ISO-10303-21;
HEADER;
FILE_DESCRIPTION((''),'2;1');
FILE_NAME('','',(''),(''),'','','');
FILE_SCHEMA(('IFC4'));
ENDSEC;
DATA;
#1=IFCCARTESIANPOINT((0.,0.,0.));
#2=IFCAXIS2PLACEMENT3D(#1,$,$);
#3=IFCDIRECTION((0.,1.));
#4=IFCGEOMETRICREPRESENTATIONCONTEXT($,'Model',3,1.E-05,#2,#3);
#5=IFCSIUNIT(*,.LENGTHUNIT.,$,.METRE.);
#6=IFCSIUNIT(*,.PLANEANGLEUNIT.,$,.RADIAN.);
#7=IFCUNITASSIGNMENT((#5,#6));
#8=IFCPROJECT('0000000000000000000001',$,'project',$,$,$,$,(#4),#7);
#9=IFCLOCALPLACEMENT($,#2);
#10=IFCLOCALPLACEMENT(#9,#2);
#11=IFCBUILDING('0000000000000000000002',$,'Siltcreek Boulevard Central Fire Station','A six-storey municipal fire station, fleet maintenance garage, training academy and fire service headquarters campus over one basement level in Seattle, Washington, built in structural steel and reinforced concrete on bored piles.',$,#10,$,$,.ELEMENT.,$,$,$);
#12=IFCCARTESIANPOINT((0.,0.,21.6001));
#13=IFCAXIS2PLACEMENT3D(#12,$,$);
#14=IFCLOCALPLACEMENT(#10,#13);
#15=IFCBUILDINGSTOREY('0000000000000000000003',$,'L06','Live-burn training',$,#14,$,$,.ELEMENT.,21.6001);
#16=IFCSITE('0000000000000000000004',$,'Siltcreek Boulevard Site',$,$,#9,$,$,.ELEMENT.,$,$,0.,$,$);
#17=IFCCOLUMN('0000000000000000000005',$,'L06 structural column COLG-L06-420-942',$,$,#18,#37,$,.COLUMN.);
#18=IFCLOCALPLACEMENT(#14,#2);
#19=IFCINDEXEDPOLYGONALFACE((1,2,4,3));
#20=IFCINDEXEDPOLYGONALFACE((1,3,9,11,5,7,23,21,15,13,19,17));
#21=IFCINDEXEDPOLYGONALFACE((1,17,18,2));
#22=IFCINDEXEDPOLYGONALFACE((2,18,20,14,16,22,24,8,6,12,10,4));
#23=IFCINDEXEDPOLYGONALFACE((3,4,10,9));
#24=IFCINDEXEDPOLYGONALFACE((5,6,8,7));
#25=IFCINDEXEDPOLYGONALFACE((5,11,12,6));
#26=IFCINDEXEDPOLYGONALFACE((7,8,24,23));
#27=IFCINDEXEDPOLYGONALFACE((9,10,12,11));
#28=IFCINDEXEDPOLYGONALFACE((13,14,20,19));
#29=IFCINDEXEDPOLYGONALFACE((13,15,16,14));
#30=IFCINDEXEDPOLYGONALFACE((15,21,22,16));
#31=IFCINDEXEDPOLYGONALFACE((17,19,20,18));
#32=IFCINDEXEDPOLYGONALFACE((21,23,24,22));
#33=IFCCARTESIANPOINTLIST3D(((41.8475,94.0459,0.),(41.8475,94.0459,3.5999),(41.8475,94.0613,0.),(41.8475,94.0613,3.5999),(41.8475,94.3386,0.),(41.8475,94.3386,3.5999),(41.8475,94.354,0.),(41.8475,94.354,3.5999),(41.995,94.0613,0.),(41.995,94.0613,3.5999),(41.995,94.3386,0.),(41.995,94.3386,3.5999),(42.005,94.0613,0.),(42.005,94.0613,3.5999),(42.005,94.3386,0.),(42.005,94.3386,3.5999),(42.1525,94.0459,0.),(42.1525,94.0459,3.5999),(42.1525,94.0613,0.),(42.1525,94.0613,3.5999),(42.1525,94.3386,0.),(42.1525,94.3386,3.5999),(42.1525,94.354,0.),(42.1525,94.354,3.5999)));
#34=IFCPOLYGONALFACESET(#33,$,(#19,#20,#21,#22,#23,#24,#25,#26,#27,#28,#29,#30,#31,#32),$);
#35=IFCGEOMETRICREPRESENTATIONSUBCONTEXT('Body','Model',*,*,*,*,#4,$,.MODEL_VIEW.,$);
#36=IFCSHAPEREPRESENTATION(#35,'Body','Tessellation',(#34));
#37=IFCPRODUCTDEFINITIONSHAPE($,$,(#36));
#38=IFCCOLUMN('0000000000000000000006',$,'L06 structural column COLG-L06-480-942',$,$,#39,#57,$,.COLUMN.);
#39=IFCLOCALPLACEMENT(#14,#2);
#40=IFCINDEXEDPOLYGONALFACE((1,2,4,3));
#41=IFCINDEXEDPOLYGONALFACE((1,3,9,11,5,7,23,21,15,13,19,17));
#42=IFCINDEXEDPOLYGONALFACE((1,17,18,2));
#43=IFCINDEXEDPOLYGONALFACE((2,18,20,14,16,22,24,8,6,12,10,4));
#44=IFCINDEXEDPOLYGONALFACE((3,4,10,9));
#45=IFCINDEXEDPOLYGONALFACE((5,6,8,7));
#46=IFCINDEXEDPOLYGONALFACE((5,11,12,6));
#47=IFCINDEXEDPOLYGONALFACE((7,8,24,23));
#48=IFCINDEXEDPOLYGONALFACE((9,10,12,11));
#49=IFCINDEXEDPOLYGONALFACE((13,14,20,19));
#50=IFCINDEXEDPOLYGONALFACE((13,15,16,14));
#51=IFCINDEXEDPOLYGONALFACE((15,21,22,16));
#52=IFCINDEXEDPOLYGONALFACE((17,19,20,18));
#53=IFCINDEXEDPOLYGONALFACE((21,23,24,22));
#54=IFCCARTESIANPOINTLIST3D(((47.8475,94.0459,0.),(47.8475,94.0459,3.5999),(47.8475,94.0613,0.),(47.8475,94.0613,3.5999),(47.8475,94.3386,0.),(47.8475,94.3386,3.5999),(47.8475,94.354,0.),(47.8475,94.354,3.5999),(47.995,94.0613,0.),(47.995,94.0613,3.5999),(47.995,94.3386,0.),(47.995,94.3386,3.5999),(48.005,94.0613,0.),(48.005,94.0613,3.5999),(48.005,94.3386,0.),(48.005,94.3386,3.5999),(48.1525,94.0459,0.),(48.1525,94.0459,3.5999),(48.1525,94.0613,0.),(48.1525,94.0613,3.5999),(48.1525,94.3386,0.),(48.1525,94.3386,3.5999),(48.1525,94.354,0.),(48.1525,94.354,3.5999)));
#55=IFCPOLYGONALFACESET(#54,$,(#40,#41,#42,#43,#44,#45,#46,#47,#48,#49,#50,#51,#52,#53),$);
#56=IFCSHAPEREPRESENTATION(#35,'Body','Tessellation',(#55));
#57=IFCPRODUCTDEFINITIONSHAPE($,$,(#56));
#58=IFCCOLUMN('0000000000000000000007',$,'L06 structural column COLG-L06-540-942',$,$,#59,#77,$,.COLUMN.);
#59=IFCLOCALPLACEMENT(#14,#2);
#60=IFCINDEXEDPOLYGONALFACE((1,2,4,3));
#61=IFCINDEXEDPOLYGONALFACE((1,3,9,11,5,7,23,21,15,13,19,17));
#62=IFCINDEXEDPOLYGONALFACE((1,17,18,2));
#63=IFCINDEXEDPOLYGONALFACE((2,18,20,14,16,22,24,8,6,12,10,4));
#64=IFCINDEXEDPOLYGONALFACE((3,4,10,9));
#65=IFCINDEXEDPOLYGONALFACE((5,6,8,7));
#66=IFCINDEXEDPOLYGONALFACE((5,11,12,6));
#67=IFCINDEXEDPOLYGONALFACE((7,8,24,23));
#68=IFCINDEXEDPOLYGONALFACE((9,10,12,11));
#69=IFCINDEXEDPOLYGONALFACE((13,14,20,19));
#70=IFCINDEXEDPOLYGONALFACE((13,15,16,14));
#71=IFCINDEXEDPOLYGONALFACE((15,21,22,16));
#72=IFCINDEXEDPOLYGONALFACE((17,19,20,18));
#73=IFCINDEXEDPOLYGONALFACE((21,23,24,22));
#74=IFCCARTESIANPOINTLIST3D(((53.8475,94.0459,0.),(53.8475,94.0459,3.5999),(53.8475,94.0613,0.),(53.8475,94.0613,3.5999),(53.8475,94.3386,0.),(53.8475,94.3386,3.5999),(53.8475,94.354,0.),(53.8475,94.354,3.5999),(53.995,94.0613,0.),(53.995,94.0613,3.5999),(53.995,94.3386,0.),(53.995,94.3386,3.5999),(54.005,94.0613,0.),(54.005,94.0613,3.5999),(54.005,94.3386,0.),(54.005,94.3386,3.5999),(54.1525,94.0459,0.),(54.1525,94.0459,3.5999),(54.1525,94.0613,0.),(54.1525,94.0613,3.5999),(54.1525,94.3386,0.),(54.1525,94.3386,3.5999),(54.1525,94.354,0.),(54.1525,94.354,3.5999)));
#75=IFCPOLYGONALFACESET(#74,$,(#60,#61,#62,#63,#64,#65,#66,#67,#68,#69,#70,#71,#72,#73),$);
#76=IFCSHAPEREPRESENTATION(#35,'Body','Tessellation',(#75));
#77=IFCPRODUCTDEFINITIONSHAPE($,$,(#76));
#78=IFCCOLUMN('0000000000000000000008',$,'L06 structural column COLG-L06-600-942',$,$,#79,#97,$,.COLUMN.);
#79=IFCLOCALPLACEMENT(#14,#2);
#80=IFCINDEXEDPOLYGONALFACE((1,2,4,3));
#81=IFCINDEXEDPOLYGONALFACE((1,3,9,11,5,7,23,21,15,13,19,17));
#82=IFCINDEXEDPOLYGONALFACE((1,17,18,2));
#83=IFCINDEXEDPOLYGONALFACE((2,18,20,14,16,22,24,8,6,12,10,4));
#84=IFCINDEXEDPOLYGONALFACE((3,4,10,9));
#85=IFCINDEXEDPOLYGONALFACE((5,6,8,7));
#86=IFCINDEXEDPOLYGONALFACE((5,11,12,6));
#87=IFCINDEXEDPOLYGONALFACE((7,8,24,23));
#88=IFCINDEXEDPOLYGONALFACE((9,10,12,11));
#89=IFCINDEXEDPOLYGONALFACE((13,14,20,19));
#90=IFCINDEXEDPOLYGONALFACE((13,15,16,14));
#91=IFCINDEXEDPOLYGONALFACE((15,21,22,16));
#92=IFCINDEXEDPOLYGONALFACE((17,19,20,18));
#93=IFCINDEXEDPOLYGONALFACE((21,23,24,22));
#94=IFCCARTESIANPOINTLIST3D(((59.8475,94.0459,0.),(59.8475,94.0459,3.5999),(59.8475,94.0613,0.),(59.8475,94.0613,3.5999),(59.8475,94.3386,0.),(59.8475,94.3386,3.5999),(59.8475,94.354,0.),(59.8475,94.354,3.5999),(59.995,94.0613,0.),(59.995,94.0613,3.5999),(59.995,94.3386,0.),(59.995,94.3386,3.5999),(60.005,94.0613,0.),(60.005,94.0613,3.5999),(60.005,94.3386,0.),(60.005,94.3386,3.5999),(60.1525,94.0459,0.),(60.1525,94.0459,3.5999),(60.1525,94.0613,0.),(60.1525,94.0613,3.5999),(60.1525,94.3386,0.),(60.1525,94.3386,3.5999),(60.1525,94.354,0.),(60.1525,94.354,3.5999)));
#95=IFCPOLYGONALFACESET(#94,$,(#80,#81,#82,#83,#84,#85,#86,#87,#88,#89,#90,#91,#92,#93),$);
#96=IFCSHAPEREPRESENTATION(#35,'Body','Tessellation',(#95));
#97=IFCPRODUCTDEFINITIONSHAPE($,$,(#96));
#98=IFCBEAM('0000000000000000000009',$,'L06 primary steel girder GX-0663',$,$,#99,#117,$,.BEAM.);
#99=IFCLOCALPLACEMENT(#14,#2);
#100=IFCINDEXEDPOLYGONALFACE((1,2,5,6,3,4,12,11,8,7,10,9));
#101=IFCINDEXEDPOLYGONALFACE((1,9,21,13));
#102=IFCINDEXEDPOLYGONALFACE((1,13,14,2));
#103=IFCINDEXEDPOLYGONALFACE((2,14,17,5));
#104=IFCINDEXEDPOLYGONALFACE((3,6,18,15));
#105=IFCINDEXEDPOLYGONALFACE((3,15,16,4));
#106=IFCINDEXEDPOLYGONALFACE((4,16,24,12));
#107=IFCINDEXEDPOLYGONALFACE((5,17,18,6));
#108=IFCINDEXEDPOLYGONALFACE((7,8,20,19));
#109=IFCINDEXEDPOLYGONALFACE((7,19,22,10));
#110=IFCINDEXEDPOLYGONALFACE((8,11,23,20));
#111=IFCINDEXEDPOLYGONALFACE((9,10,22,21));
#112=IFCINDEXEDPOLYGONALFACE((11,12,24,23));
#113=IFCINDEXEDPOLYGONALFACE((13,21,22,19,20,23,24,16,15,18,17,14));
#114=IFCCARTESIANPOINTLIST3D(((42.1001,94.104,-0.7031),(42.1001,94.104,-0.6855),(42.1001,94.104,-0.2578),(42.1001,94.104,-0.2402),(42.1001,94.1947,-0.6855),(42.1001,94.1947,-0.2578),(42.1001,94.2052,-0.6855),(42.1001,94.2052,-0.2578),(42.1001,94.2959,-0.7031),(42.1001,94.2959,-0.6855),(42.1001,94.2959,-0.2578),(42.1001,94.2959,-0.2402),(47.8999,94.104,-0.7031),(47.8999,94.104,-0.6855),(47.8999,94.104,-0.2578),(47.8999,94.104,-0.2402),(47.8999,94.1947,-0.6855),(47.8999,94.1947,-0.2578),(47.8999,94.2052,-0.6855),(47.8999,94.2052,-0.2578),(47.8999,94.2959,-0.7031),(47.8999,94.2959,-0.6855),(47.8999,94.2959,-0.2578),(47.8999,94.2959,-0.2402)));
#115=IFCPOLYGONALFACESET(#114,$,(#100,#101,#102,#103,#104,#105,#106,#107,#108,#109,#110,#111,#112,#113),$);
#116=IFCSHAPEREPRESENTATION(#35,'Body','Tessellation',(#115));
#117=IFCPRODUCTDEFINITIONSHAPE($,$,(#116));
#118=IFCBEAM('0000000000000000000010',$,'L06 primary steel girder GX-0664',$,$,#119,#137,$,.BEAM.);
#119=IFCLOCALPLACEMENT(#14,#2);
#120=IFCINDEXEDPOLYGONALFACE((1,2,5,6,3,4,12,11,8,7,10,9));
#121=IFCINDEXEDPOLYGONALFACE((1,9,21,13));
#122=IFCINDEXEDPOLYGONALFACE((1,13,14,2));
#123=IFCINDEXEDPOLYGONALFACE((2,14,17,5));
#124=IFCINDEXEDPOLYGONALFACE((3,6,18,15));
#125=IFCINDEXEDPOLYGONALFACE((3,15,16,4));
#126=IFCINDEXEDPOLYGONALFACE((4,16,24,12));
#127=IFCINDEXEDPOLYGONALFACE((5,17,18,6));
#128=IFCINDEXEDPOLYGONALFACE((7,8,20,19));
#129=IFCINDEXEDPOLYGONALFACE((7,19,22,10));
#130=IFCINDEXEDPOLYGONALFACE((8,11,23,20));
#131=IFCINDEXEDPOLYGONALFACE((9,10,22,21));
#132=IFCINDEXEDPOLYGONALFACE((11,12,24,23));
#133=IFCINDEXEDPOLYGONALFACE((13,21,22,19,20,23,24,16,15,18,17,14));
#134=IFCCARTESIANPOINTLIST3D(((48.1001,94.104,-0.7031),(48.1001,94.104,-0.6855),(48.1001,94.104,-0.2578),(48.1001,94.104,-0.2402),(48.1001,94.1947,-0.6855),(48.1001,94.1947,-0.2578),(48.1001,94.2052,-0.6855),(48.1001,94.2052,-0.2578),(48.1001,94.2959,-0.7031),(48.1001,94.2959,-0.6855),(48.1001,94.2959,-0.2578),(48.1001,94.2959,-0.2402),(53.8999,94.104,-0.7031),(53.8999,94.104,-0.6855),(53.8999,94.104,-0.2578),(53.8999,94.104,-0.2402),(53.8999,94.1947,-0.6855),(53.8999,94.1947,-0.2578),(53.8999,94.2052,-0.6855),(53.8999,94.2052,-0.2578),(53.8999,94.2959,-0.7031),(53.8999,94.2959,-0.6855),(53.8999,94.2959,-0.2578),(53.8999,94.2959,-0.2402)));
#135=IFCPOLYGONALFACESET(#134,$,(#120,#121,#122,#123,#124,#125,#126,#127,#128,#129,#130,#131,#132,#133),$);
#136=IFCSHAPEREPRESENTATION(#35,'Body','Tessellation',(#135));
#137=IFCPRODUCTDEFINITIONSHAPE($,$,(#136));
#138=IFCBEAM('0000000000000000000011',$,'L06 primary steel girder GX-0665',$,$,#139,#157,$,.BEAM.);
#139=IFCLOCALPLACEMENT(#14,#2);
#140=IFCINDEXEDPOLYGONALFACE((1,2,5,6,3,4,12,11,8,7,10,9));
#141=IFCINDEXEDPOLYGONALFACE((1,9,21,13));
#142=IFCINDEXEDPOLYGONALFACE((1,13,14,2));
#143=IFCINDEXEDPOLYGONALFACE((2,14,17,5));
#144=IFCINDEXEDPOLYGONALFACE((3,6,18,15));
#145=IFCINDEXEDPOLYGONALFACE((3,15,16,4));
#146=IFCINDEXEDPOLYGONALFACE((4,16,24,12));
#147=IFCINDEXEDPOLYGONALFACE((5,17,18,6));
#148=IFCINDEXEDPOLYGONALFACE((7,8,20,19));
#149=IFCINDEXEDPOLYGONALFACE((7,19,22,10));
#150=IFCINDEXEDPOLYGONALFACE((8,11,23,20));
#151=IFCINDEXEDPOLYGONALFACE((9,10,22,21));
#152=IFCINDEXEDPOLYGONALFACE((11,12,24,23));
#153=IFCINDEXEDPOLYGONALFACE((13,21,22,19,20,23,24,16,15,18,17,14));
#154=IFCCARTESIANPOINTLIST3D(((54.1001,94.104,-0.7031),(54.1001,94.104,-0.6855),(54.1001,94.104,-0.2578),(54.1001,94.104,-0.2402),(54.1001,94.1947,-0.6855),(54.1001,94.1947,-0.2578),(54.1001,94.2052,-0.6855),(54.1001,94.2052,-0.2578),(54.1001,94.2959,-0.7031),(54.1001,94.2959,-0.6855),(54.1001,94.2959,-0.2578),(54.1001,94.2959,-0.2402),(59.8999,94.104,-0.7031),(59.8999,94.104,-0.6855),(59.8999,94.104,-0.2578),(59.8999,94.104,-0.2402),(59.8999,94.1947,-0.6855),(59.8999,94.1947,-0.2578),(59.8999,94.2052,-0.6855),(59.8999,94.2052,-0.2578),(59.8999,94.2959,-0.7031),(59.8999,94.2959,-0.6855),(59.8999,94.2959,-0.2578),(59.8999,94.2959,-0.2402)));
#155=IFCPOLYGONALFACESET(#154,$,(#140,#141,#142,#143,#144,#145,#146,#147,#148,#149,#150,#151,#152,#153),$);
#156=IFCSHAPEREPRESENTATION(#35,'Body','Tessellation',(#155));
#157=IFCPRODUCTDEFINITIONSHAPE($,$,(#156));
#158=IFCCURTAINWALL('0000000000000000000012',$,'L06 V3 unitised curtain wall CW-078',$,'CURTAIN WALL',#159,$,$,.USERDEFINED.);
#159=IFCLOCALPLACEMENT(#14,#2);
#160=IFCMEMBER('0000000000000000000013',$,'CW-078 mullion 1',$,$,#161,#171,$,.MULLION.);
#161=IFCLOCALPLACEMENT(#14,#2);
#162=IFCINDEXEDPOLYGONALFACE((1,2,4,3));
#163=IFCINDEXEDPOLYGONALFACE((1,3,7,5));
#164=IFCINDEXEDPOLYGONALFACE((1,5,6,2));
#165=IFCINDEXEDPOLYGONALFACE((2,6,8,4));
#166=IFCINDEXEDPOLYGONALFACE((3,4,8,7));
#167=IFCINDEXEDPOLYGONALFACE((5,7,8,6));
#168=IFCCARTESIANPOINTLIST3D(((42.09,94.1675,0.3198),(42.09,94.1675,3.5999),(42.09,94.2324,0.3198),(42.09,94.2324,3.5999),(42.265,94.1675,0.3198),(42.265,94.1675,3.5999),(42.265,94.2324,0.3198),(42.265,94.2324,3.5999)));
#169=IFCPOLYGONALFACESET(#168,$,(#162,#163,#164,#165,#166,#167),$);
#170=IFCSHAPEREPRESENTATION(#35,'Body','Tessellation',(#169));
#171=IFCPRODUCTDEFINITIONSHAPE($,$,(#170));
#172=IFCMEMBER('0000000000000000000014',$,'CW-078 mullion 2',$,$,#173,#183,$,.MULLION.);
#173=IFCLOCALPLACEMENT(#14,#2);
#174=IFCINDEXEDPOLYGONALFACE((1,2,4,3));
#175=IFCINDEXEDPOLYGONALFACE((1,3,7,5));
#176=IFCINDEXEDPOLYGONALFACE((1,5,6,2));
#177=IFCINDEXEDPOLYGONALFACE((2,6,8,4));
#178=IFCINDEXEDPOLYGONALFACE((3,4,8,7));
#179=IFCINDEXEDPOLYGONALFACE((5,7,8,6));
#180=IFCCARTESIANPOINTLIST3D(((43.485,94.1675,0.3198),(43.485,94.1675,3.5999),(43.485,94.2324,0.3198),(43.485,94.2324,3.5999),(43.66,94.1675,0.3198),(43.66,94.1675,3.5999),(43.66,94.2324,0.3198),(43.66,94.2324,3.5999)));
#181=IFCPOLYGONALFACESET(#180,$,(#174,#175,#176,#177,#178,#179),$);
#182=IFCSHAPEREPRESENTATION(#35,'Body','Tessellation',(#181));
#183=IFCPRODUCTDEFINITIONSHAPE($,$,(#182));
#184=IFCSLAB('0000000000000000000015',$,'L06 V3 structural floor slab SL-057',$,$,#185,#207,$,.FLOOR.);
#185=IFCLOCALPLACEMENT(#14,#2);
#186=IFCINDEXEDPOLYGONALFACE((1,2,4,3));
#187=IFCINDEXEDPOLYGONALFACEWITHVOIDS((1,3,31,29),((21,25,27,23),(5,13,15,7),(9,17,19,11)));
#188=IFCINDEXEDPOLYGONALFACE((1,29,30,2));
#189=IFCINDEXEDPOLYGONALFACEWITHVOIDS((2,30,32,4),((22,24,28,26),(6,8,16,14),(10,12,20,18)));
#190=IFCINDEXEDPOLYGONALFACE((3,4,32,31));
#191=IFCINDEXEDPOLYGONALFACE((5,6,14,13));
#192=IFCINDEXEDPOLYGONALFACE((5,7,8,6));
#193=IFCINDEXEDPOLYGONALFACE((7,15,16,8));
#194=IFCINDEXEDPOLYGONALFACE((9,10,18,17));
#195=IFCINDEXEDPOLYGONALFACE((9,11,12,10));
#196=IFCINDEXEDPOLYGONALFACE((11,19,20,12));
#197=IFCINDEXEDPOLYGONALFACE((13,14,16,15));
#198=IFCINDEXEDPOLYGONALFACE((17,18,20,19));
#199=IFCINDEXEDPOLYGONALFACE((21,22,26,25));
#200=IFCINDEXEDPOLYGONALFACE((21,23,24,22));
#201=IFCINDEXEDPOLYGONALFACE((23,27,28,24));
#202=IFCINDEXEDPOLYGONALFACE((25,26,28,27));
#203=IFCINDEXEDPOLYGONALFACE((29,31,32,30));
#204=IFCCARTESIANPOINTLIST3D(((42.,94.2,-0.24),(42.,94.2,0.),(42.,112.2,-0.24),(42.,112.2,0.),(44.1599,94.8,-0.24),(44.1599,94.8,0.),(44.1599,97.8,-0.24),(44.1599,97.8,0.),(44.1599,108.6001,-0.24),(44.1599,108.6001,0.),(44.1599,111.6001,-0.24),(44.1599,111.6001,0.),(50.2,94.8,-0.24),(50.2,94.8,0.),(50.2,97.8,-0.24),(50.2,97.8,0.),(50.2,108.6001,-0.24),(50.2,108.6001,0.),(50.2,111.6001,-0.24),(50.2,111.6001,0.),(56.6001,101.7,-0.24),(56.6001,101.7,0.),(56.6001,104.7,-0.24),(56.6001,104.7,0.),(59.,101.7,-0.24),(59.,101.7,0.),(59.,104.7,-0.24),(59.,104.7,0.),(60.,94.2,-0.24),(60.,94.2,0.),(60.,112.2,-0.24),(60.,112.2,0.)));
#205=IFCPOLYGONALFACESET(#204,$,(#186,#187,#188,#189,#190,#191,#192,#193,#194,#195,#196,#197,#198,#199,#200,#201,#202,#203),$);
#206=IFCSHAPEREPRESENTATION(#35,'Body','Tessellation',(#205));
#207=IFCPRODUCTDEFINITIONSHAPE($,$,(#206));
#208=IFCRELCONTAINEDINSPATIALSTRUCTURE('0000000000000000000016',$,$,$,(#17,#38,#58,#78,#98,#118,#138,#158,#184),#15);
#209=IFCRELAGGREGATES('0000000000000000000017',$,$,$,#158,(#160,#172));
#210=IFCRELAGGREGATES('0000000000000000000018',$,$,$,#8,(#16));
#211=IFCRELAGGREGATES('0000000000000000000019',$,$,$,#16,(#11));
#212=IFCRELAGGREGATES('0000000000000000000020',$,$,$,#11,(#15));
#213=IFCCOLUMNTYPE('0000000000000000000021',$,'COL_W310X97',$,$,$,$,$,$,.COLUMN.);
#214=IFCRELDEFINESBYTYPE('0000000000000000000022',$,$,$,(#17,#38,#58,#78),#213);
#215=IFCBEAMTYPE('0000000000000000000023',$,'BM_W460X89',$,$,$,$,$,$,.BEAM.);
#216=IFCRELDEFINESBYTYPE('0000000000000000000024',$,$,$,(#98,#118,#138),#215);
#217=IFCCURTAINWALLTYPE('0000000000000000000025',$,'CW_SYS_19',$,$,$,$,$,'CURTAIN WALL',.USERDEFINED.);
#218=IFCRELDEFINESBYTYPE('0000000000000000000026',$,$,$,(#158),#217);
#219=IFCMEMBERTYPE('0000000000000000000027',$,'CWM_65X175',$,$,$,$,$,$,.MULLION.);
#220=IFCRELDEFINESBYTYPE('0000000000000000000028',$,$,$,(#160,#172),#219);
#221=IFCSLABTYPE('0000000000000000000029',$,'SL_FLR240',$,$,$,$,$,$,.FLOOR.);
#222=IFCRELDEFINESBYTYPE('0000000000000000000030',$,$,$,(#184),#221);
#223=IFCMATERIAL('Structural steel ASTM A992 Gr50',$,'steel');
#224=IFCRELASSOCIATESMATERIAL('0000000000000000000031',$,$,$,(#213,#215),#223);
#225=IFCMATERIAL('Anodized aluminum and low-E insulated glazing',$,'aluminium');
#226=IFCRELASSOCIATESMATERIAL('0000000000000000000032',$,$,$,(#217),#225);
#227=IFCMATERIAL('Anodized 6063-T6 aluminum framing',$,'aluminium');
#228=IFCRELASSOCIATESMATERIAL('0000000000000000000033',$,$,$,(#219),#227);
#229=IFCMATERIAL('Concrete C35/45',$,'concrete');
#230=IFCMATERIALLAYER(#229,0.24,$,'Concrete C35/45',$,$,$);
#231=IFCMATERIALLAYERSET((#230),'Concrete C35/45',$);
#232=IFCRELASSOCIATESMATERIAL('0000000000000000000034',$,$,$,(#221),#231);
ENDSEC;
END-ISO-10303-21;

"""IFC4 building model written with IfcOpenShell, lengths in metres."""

from ifc_helpers import new_model, si_unit, direction, frame, origin, origin_2d, place, context, subcontext, project, spatial, polyline, rectangle, i_section, outline, extrude, material, layer, layer_set, material_profile, profile_set, type_object, element, aggregate, save


model = new_model("IFC4")

# Units and contexts
model_context = context("Model", 3, precision=1e-05, world=origin(), true_north=direction((0.0, 1.0)))
body_context = subcontext(model_context, "Body", "Model", "MODEL_VIEW")
ifc_project = project(units=[si_unit("LENGTHUNIT", "METRE"), si_unit("PLANEANGLEUNIT", "RADIAN")], contexts=[model_context])

# Site, building, storey
site_placement = place(None, origin())
site = spatial("IfcSite", under=ifc_project, at=site_placement, Name="Siltcreek Boulevard Site", CompositionType="ELEMENT", RefElevation=0.0)
building_placement = place(site_placement, origin())
building = spatial("IfcBuilding", under=site, at=building_placement, Name="Siltcreek Boulevard Central Fire Station", Description="A six-storey municipal fire station, fleet maintenance garage, training academy and fire service headquarters campus over one basement level in Seattle, Washington, built in structural steel and reinforced concrete on bored piles.", CompositionType="ELEMENT")
storey_placement = place(building_placement, frame((0.0, 0.0, 21.6001)))
storey = spatial("IfcBuildingStorey", under=building, at=storey_placement, Name="L06", Description="Live-burn training", CompositionType="ELEMENT", Elevation=21.6001)

# Columns
ifc_material_1 = material(Name="Structural steel ASTM A992 Gr50", Category="steel")
ifc_material_profile_1 = material_profile(ifc_material_1, i_section(OverallWidth=0.3049, OverallDepth=0.3081, WebThickness=0.01, FlangeThickness=0.0154, at=origin_2d()), Name="W310X97")
ifc_profile_set_1 = profile_set([ifc_material_profile_1], Name="Structural steel ASTM A992 Gr50")
column_type = type_object("IfcColumnType", Name="COL_W310X97", PredefinedType="COLUMN", material=ifc_profile_set_1)
for number, where, z_axis, x_axis, name in (
    (1, (42.0, 94.2, 0.0), (0.0, 0.0, 1.0), (1.0, 0.0, 0.0), "L06 structural column COLG-L06-420-942"),
    (2, (48.0, 94.2, 0.0), (0.0, 0.0, 1.0), (1.0, 0.0, 0.0), "L06 structural column COLG-L06-480-942"),
    (3, (54.0, 94.2, 0.0), (0.0, 0.0, 1.0), (1.0, 0.0, 0.0), "L06 structural column COLG-L06-540-942"),
    (4, (60.0, 94.2, 0.0), (0.0, 0.0, 1.0), (1.0, 0.0, 0.0), "L06 structural column COLG-L06-600-942"),
):
    element("IfcColumn", number, at=place(storey_placement, frame(where, z_axis=z_axis, x_axis=x_axis)), inside=storey, type_object=column_type, Name=name, PredefinedType="COLUMN", context=body_context, shape_type="SweptSolid", body=[
        extrude(i_section(OverallWidth=0.3049, OverallDepth=0.3081, WebThickness=0.01, FlangeThickness=0.0154, at=origin_2d()), origin(), (0.0, 0.0, 1.0), 3.5999),
    ])

# Beams
ifc_material_profile_2 = material_profile(ifc_material_1, i_section(OverallWidth=0.1919, OverallDepth=0.4629, WebThickness=0.0105, FlangeThickness=0.0176, at=origin_2d()), Name="W460X89")
ifc_profile_set_2 = profile_set([ifc_material_profile_2], Name="Structural steel ASTM A992 Gr50")
beam_type = type_object("IfcBeamType", Name="BM_W460X89", PredefinedType="BEAM", material=ifc_profile_set_2)
for number, where, z_axis, x_axis, name in (
    (5, (42.1001, 94.2, -0.4717), (1.0, 0.0, 0.0), (0.0, 1.0, 0.0), "L06 primary steel girder GX-0663"),
    (6, (48.1001, 94.2, -0.4717), (1.0, 0.0, 0.0), (0.0, 1.0, 0.0), "L06 primary steel girder GX-0664"),
    (7, (54.1001, 94.2, -0.4717), (1.0, 0.0, 0.0), (0.0, 1.0, 0.0), "L06 primary steel girder GX-0665"),
):
    element("IfcBeam", number, at=place(storey_placement, frame(where, z_axis=z_axis, x_axis=x_axis)), inside=storey, type_object=beam_type, Name=name, PredefinedType="BEAM", context=body_context, shape_type="SweptSolid", body=[
        extrude(i_section(OverallWidth=0.1919, OverallDepth=0.4629, WebThickness=0.0105, FlangeThickness=0.0176, at=origin_2d()), origin(), (0.0, 0.0, 1.0), 5.7998),
    ])

# Curtain wall, members
ifc_material_2 = material(Name="Anodized aluminum and low-E insulated glazing", Category="aluminium")
curtain_wall_type = type_object("IfcCurtainWallType", Name="CW_SYS_19", ElementType="CURTAIN WALL", PredefinedType="USERDEFINED", material=ifc_material_2)
curtain_wall_placement = place(storey_placement, origin())
curtain_wall = element("IfcCurtainWall", 8, at=curtain_wall_placement, inside=storey, type_object=curtain_wall_type, Name="L06 V3 unitised curtain wall CW-078", ObjectType="CURTAIN WALL", PredefinedType="USERDEFINED")
ifc_material_3 = material(Name="Anodized 6063-T6 aluminum framing", Category="aluminium")
ifc_material_profile_3 = material_profile(ifc_material_3, rectangle(XDim=0.0649, YDim=0.175, at=origin_2d()), Name="MULL65X175")
ifc_profile_set_3 = profile_set([ifc_material_profile_3], Name="Anodized 6063-T6 aluminum framing")
member_type = type_object("IfcMemberType", Name="CWM_65X175", PredefinedType="MULLION", material=ifc_profile_set_3)
member_1_placement = place(storey_placement, frame((42.1775, 94.2, 0.3198), z_axis=(0.0, 0.0, 1.0), x_axis=(0.0, 1.0, 0.0)))
member_1 = element("IfcMember", 9, at=member_1_placement, type_object=member_type, Name="CW-078 mullion 1", PredefinedType="MULLION", context=body_context, shape_type="SweptSolid", body=[
    extrude(rectangle(XDim=0.0649, YDim=0.175, at=origin_2d()), origin(), (0.0, 0.0, 1.0), 3.28),
])
member_2_placement = place(storey_placement, frame((43.5725, 94.2, 0.3198), z_axis=(0.0, 0.0, 1.0), x_axis=(0.0, 1.0, 0.0)))
member_2 = element("IfcMember", 10, at=member_2_placement, type_object=member_type, Name="CW-078 mullion 2", PredefinedType="MULLION", context=body_context, shape_type="SweptSolid", body=[
    extrude(rectangle(XDim=0.0649, YDim=0.175, at=origin_2d()), origin(), (0.0, 0.0, 1.0), 3.28),
])
aggregate(curtain_wall, [member_1, member_2])

# Slab
ifc_material_4 = material(Name="Concrete C35/45", Category="concrete")
ifc_layer_1 = layer(ifc_material_4, 0.24, Name="Concrete C35/45")
ifc_layer_set_1 = layer_set([ifc_layer_1], Name="Concrete C35/45")
slab_type_1 = type_object("IfcSlabType", Name="SL_FLR240", PredefinedType="FLOOR", material=ifc_layer_set_1)
slab_1_placement = place(storey_placement, frame((0.0, 0.0, -0.24)))
element("IfcSlab", 11, at=slab_1_placement, inside=storey, type_object=slab_type_1, Name="L06 V3 structural floor slab SL-057", PredefinedType="FLOOR", context=body_context, shape_type="SweptSolid", body=[
    extrude(outline(polyline([(42.0, 112.2), (60.0, 112.2), (60.0, 94.2), (42.0, 94.2), (42.0, 112.2)]), holes=[polyline([(44.1599, 94.8), (50.2, 94.8), (50.2, 97.8), (44.1599, 97.8), (44.1599, 94.8)]), polyline([(56.6001, 104.7), (56.6001, 101.7), (59.0, 101.7), (59.0, 104.7), (56.6001, 104.7)]), polyline([(44.1599, 111.6001), (44.1599, 108.6001), (50.2, 108.6001), (50.2, 111.6001), (44.1599, 111.6001)])]), origin(), (0.0, 0.0, 1.0), 0.24),
])

save(model, "model.ifc")
